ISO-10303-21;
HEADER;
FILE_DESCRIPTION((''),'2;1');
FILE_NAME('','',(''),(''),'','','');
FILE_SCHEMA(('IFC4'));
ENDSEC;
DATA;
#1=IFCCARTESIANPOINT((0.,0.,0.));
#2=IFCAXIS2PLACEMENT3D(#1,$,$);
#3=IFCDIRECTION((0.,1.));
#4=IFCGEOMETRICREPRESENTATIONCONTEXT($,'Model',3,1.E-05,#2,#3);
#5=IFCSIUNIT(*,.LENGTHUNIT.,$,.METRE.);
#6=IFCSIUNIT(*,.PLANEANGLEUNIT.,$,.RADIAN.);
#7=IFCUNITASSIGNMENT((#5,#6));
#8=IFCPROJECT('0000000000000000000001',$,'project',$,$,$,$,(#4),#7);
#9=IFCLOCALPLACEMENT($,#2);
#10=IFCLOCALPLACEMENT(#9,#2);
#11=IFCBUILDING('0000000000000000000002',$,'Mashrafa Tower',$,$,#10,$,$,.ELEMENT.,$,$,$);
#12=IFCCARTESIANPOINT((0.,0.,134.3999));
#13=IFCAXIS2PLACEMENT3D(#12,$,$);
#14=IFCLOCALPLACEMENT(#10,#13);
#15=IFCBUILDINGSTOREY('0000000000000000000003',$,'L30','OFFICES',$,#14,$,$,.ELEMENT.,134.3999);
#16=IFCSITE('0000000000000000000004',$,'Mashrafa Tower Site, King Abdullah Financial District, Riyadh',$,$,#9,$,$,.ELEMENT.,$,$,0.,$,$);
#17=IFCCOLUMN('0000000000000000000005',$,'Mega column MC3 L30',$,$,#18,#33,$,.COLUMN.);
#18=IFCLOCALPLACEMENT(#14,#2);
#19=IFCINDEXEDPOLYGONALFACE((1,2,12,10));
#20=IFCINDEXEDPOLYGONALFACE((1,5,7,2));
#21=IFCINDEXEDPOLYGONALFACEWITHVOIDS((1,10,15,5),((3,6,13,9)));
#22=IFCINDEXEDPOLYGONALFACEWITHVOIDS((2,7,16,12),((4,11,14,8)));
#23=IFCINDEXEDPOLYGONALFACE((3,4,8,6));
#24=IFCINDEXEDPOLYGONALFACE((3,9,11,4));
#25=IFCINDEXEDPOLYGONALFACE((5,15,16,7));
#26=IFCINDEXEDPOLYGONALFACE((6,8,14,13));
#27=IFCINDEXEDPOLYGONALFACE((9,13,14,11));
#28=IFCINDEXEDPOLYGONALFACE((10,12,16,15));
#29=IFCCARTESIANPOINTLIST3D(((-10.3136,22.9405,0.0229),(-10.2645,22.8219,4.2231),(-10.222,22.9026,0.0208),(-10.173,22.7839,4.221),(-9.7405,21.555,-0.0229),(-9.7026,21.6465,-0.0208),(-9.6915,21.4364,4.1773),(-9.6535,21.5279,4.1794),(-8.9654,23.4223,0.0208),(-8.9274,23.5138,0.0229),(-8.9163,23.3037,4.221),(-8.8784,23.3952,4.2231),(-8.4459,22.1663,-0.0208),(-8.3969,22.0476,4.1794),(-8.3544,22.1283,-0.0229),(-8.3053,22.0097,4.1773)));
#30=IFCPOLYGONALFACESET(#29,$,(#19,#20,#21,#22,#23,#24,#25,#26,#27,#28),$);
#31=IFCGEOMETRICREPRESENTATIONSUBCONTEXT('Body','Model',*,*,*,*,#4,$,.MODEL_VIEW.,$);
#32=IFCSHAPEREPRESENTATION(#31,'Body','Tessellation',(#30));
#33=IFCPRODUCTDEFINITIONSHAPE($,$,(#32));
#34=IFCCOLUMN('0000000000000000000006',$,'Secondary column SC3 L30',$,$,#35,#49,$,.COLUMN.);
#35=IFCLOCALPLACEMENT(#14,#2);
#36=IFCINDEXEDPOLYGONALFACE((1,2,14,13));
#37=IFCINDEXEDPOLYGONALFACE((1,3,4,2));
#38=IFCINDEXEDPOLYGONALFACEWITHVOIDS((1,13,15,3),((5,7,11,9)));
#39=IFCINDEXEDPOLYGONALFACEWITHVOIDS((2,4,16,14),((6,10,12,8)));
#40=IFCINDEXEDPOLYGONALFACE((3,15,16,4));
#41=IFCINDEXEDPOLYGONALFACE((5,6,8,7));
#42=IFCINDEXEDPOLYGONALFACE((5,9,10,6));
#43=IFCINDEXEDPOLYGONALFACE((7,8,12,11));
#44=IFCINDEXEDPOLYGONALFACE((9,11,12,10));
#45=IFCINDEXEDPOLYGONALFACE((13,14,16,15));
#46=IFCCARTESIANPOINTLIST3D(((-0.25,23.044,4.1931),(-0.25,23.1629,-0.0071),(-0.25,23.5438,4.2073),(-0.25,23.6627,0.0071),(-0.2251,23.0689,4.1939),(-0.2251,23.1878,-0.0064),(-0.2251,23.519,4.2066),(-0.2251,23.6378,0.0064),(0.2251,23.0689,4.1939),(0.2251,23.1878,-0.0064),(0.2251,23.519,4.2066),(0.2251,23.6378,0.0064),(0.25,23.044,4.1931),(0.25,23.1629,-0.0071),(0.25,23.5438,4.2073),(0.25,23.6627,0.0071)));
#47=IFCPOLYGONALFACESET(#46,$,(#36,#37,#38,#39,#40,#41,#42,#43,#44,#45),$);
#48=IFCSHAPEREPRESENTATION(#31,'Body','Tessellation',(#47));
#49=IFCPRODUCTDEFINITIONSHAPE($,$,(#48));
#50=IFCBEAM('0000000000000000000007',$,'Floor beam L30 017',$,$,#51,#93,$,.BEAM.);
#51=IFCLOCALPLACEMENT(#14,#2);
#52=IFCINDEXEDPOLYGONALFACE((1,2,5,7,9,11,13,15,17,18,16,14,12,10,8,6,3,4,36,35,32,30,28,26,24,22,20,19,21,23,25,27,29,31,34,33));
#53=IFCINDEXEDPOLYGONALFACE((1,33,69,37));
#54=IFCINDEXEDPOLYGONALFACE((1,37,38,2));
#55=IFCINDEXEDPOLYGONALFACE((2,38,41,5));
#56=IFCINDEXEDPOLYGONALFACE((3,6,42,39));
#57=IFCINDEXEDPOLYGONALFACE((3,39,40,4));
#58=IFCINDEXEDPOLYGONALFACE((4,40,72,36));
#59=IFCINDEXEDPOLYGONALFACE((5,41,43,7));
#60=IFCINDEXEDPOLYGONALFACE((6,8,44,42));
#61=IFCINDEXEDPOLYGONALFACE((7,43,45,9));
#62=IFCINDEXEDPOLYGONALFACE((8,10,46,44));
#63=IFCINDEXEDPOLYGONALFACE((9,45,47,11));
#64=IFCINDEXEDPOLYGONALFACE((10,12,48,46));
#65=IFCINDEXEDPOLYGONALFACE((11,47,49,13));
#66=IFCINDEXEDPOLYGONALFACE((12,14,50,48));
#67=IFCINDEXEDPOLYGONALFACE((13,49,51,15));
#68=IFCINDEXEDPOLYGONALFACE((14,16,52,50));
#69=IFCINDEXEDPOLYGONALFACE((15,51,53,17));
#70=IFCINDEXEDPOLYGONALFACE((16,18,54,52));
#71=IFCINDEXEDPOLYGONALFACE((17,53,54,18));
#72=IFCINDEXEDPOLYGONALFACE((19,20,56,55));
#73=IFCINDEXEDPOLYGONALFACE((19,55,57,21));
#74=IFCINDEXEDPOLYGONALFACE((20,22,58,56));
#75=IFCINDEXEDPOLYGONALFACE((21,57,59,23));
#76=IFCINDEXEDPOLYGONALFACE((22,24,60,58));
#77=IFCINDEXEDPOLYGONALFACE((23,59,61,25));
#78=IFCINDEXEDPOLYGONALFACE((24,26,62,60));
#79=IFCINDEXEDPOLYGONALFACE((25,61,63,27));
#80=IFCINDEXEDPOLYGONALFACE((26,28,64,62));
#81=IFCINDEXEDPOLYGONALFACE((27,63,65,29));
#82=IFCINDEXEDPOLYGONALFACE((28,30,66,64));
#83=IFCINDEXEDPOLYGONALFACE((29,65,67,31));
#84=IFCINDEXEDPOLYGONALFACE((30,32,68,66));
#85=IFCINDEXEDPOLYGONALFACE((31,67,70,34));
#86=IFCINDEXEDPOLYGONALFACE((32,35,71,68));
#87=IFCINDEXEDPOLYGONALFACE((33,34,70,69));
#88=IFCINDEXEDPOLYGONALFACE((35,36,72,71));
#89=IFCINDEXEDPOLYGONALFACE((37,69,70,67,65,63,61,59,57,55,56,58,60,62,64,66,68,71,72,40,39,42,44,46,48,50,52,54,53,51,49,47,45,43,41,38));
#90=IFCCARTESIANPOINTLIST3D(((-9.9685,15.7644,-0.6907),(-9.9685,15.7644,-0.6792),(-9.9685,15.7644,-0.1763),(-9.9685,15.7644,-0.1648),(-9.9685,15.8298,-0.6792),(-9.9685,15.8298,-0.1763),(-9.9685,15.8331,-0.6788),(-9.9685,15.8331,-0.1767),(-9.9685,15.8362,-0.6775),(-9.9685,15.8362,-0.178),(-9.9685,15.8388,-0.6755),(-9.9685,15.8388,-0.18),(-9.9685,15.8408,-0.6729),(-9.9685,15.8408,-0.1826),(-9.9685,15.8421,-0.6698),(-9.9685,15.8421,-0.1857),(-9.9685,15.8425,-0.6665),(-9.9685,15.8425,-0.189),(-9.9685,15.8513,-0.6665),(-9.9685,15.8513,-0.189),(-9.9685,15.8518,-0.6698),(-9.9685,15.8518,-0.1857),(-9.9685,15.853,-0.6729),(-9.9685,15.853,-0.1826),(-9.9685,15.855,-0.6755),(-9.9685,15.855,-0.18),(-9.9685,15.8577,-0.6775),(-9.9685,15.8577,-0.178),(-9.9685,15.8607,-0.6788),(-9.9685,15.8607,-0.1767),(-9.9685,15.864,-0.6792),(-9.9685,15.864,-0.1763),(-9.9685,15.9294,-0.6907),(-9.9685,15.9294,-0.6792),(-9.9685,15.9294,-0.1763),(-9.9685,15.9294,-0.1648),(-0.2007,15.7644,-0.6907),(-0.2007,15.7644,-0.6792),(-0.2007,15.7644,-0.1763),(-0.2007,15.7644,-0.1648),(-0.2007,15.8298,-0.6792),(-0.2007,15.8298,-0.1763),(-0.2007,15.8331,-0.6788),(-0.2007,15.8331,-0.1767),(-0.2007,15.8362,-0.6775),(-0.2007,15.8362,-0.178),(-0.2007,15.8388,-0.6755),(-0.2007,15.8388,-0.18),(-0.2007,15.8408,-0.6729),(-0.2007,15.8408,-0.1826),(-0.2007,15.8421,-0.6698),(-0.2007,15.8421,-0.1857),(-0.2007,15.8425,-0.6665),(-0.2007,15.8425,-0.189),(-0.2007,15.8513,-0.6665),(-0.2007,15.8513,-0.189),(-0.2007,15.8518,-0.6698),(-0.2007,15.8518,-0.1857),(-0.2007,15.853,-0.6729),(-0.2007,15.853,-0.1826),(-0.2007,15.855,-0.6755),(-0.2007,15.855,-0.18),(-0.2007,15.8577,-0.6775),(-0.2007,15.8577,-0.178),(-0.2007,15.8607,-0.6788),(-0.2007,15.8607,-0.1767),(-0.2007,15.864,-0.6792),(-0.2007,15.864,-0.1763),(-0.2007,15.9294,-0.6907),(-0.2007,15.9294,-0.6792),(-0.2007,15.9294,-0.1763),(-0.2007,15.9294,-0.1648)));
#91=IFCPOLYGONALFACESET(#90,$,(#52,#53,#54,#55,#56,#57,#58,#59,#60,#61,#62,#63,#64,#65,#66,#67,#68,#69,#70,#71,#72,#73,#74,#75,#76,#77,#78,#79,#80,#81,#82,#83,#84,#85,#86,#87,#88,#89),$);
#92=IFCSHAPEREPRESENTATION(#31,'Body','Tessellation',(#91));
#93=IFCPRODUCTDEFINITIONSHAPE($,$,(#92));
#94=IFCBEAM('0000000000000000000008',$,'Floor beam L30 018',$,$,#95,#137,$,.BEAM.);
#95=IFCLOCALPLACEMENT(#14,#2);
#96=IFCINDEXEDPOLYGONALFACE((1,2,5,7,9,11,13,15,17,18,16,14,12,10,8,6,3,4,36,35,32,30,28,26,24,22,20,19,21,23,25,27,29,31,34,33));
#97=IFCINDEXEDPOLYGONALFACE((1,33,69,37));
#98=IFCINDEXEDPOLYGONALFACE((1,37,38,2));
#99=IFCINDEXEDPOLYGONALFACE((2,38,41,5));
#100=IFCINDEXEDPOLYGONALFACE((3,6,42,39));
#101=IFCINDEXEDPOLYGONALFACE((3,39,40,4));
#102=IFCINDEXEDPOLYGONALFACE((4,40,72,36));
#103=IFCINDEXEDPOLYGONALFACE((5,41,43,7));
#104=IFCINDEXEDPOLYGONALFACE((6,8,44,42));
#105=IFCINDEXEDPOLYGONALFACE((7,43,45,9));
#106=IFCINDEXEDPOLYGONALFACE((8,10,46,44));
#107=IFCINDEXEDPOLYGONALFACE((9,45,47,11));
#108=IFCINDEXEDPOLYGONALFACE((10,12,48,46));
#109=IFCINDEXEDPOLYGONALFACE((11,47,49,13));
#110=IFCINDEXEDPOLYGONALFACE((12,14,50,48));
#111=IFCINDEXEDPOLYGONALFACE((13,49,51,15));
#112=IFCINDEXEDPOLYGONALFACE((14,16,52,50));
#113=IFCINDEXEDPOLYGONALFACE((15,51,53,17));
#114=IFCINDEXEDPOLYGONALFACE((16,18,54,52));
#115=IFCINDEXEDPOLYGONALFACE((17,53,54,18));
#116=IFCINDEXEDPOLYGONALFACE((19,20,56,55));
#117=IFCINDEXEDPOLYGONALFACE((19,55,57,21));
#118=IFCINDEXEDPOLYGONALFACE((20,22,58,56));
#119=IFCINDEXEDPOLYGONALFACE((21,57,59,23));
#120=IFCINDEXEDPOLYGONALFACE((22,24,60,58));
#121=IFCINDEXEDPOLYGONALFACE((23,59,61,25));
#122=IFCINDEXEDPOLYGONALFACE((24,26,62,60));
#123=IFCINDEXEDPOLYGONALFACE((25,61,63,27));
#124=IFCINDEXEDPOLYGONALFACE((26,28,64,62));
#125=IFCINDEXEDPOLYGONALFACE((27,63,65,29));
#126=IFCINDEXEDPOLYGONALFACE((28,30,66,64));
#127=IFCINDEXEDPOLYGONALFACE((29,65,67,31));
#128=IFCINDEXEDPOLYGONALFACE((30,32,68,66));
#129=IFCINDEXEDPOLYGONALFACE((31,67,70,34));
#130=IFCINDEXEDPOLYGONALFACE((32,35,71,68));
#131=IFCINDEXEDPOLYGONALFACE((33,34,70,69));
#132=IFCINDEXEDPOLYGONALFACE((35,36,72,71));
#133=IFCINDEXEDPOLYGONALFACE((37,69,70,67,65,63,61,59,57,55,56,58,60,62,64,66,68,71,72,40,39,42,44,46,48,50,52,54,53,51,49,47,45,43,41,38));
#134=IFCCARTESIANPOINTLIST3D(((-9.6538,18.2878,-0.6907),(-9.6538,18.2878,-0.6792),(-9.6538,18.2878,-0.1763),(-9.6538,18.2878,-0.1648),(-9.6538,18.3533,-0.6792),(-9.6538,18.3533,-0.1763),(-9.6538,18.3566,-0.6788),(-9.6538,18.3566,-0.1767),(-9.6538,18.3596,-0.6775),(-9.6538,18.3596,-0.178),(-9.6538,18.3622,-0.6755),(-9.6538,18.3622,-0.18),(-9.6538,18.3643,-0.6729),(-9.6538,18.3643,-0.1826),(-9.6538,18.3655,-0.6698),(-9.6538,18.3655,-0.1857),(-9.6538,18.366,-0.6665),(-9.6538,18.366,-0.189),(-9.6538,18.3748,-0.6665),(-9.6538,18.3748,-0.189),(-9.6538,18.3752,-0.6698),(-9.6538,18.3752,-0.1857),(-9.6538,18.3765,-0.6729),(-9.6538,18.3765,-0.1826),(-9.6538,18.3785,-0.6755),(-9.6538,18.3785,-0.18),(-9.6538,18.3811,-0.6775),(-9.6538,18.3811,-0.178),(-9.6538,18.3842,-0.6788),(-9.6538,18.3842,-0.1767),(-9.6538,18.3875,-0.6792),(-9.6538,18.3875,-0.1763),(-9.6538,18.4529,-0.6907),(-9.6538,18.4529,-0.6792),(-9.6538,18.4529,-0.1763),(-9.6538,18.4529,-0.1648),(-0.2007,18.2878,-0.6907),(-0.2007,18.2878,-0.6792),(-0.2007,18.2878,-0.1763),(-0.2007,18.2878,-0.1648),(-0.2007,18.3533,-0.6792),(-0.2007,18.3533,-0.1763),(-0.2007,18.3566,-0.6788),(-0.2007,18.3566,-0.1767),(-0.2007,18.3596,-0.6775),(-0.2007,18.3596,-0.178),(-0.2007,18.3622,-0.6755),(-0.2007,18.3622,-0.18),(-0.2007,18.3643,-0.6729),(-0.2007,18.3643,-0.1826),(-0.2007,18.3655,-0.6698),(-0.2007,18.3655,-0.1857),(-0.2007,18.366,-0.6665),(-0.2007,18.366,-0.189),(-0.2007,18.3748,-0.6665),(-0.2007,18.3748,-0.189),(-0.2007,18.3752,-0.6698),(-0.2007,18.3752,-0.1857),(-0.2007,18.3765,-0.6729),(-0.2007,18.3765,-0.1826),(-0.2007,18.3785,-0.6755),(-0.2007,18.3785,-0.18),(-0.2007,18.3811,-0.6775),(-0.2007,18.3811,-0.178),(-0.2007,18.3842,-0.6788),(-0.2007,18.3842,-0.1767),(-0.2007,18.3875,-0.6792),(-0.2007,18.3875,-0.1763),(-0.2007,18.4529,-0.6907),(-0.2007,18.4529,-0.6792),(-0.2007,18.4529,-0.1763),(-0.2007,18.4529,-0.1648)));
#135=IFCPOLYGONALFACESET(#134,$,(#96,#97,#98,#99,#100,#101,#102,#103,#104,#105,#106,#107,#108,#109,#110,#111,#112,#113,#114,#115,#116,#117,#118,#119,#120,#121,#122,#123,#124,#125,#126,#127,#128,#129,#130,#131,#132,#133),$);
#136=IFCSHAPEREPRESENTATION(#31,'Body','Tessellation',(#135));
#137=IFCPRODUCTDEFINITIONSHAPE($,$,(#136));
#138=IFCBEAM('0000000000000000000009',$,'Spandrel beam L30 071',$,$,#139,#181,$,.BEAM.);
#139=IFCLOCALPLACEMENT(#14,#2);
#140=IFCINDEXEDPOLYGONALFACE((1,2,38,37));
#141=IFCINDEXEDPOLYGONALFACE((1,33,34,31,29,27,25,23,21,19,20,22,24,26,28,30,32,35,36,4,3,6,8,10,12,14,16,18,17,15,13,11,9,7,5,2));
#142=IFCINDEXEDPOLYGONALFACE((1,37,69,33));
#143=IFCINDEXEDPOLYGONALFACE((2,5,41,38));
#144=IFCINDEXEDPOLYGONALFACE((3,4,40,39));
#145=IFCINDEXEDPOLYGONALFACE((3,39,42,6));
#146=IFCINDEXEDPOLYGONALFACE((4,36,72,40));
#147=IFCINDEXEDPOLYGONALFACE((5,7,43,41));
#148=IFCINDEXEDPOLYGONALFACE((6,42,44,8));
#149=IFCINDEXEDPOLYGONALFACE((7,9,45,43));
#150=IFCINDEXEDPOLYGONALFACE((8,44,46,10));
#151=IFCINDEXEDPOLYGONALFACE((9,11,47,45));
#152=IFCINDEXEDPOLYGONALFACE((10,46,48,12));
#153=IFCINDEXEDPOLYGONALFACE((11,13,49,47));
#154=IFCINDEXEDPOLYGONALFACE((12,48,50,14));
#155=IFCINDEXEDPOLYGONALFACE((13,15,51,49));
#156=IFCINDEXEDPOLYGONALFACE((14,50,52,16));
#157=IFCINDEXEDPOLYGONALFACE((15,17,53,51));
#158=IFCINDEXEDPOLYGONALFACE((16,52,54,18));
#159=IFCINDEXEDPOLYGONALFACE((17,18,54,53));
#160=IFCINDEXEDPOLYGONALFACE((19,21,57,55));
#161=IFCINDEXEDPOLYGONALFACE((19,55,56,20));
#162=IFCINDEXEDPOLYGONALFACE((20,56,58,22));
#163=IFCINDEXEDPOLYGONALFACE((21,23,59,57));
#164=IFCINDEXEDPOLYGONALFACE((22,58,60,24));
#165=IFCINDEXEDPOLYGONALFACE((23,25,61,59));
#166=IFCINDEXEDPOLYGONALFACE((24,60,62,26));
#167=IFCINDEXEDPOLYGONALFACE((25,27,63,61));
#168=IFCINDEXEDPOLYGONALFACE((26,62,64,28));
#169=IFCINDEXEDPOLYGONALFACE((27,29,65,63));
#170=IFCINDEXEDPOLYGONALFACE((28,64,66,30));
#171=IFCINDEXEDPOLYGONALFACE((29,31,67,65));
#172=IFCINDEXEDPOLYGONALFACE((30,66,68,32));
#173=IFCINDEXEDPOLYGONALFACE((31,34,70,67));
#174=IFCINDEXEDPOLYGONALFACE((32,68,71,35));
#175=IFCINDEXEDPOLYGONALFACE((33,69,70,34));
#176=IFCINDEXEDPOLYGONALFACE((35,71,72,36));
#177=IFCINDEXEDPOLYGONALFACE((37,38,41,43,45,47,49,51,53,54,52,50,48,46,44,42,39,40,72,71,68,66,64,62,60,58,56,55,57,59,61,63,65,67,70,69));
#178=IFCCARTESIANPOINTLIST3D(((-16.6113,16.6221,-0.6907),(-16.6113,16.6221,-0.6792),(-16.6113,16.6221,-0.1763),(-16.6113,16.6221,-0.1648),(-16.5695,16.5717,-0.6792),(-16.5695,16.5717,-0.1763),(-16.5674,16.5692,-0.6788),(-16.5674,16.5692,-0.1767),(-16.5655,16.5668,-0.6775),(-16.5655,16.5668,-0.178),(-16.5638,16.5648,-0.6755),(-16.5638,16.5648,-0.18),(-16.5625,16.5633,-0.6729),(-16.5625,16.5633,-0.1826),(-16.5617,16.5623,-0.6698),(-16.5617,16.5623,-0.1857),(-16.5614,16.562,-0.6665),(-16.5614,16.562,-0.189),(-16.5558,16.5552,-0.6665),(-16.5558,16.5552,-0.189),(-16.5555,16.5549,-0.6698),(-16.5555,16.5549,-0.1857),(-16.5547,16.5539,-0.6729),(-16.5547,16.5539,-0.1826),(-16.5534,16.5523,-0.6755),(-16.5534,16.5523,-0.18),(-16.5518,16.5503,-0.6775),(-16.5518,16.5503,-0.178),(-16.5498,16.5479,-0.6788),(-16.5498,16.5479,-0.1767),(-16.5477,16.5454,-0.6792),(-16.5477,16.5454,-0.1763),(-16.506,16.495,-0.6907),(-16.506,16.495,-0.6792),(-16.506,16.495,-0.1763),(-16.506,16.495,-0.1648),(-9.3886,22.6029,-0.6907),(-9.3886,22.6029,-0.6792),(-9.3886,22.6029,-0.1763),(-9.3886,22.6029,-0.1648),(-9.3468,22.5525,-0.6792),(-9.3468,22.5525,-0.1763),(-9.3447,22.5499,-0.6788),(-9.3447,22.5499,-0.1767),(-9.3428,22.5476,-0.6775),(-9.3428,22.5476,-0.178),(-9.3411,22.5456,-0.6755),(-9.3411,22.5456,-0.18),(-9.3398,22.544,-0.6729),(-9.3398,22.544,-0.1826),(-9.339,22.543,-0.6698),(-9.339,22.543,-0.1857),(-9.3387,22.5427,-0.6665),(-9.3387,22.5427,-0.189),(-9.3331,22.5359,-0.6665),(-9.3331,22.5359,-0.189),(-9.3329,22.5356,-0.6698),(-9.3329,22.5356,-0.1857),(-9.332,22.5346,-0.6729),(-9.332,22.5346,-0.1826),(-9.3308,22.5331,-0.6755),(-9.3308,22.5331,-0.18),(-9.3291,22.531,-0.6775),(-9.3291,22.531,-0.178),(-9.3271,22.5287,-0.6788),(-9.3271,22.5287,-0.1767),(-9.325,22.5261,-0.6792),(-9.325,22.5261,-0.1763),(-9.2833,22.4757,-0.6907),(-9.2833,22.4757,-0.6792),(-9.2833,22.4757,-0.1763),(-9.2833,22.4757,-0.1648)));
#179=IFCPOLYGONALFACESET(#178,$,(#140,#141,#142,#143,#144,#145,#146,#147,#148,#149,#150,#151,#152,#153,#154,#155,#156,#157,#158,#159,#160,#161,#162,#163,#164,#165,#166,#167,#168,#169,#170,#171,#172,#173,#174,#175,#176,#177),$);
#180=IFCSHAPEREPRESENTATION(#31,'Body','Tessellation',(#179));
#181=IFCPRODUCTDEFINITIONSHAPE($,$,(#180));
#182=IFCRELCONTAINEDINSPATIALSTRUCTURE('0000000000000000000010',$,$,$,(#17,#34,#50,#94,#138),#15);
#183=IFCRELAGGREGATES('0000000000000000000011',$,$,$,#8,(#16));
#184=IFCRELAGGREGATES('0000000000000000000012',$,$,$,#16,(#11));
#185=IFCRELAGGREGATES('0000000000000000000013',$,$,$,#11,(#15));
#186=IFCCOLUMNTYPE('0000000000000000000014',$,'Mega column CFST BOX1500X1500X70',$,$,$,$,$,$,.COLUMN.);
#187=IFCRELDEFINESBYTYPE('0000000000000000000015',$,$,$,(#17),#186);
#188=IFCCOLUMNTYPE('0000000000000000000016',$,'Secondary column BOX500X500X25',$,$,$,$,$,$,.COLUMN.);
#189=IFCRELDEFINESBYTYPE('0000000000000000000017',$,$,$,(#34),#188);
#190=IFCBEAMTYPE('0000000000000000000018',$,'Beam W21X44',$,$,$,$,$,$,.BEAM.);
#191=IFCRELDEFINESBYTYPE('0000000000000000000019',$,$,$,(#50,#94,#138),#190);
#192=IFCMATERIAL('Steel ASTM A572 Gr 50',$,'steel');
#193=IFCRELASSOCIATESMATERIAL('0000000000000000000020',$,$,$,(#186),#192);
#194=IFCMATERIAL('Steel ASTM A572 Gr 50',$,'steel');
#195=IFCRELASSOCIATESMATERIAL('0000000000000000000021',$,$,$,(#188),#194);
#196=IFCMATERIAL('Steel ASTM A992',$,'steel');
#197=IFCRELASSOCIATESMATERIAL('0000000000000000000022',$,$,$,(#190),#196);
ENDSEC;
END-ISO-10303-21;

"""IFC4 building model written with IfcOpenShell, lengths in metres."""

from ifc_helpers import new_model, si_unit, direction, frame, origin, origin_2d, place, context, subcontext, project, spatial, hollow_rectangle, i_section, extrude, material, material_profile, profile_set, type_object, element, save


model = new_model("IFC4")

# Units and contexts
model_context = context("Model", 3, precision=1e-05, world=origin(), true_north=direction((0.0, 1.0)))
body_context = subcontext(model_context, "Body", "Model", "MODEL_VIEW")
ifc_project = project(units=[si_unit("LENGTHUNIT", "METRE"), si_unit("PLANEANGLEUNIT", "RADIAN")], contexts=[model_context])

# Site, building, storey
site_placement = place(None, origin())
site = spatial("IfcSite", under=ifc_project, at=site_placement, Name="Mashrafa Tower Site, King Abdullah Financial District, Riyadh", CompositionType="ELEMENT", RefElevation=0.0)
building_placement = place(site_placement, origin())
building = spatial("IfcBuilding", under=site, at=building_placement, Name="Mashrafa Tower", CompositionType="ELEMENT")
storey_placement = place(building_placement, frame((0.0, 0.0, 134.3999)))
storey = spatial("IfcBuildingStorey", under=building, at=storey_placement, Name="L30", Description="OFFICES", CompositionType="ELEMENT", Elevation=134.3999)

# Columns
ifc_material_1 = material(Name="Steel ASTM A572 Gr 50", Category="steel")
ifc_material_profile_1 = material_profile(ifc_material_1, hollow_rectangle(XDim=1.5, YDim=1.5, WallThickness=0.0701, at=origin_2d()), Name="BOX1500X1500X70")
ifc_profile_set_1 = profile_set([ifc_material_profile_1], Name="Steel ASTM A572 Gr 50")
column_type_1 = type_object("IfcColumnType", Name="Mega column CFST BOX1500X1500X70", PredefinedType="COLUMN", material=ifc_profile_set_1)
column_1_placement = place(storey_placement, frame((-9.334, 22.5344, 0.0), z_axis=(0.011678, -0.028236, 0.999533), x_axis=(0.924086, 0.382184, 0.0)))
element("IfcColumn", 1, at=column_1_placement, inside=storey, type_object=column_type_1, Name="Mega column MC3 L30", PredefinedType="COLUMN", context=body_context, shape_type="SweptSolid", body=[
    extrude(hollow_rectangle(XDim=1.5, YDim=1.5, WallThickness=0.0701, at=origin_2d()), origin(), (0.0, 0.0, 1.0), 4.2021),
])
ifc_material_2 = material(Name="Steel ASTM A572 Gr 50", Category="steel")
ifc_material_profile_2 = material_profile(ifc_material_2, hollow_rectangle(XDim=0.5, YDim=0.5, WallThickness=0.0249, at=origin_2d()), Name="BOX500X500X25")
ifc_profile_set_2 = profile_set([ifc_material_profile_2], Name="Steel ASTM A572 Gr 50")
column_type_2 = type_object("IfcColumnType", Name="Secondary column BOX500X500X25", PredefinedType="COLUMN", material=ifc_profile_set_2)
column_2_placement = place(storey_placement, frame((0.0, 23.4128, 0.0), z_axis=(0.0, -0.028296, 0.9996), x_axis=(1.0, 0.0, 0.0)))
element("IfcColumn", 2, at=column_2_placement, inside=storey, type_object=column_type_2, Name="Secondary column SC3 L30", PredefinedType="COLUMN", context=body_context, shape_type="SweptSolid", body=[
    extrude(hollow_rectangle(XDim=0.5, YDim=0.5, WallThickness=0.0249, at=origin_2d()), origin(), (0.0, 0.0, 1.0), 4.2019),
])

# Beams
ifc_material_3 = material(Name="Steel ASTM A992", Category="steel")
ifc_material_profile_3 = material_profile(ifc_material_3, i_section(OverallWidth=0.165, OverallDepth=0.5259, WebThickness=0.0088, FlangeThickness=0.0115, FilletRadius=0.0127, at=origin_2d()), Name="W21X44")
ifc_profile_set_3 = profile_set([ifc_material_profile_3], Name="Steel ASTM A992")
beam_type_1 = type_object("IfcBeamType", Name="Beam W21X44", PredefinedType="BEAM", material=ifc_profile_set_3)
beam_1_placement = place(storey_placement, frame((-9.9685, 15.8469, -0.4277), z_axis=(1.0, 0.0, 0.0), x_axis=(0.0, 1.0, 0.0)))
element("IfcBeam", 3, at=beam_1_placement, inside=storey, type_object=beam_type_1, Name="Floor beam L30 017", PredefinedType="BEAM", context=body_context, shape_type="SweptSolid", body=[
    extrude(i_section(OverallWidth=0.165, OverallDepth=0.5259, WebThickness=0.0088, FlangeThickness=0.0115, FilletRadius=0.0127, at=origin_2d()), origin(), (0.0, 0.0, 1.0), 9.7678),
])
beam_2_placement = place(storey_placement, frame((-9.6538, 18.3704, -0.4277), z_axis=(1.0, 0.0, 0.0), x_axis=(0.0, 1.0, 0.0)))
element("IfcBeam", 4, at=beam_2_placement, inside=storey, type_object=beam_type_1, Name="Floor beam L30 018", PredefinedType="BEAM", context=body_context, shape_type="SweptSolid", body=[
    extrude(i_section(OverallWidth=0.165, OverallDepth=0.5259, WebThickness=0.0088, FlangeThickness=0.0115, FilletRadius=0.0127, at=origin_2d()), origin(), (0.0, 0.0, 1.0), 9.4531),
])
beam_3_placement = place(storey_placement, frame((-9.3359, 22.5393, -0.4277), z_axis=(-0.770219, -0.637779, 0.0), x_axis=(0.637779, -0.770219, 0.0)))
element("IfcBeam", 5, at=beam_3_placement, inside=storey, type_object=beam_type_1, Name="Spandrel beam L30 071", PredefinedType="BEAM", context=body_context, shape_type="SweptSolid", body=[
    extrude(i_section(OverallWidth=0.165, OverallDepth=0.5259, WebThickness=0.0088, FlangeThickness=0.0115, FilletRadius=0.0127, at=origin_2d()), origin(), (0.0, 0.0, 1.0), 9.3774),
])

save(model, "model.ifc")
